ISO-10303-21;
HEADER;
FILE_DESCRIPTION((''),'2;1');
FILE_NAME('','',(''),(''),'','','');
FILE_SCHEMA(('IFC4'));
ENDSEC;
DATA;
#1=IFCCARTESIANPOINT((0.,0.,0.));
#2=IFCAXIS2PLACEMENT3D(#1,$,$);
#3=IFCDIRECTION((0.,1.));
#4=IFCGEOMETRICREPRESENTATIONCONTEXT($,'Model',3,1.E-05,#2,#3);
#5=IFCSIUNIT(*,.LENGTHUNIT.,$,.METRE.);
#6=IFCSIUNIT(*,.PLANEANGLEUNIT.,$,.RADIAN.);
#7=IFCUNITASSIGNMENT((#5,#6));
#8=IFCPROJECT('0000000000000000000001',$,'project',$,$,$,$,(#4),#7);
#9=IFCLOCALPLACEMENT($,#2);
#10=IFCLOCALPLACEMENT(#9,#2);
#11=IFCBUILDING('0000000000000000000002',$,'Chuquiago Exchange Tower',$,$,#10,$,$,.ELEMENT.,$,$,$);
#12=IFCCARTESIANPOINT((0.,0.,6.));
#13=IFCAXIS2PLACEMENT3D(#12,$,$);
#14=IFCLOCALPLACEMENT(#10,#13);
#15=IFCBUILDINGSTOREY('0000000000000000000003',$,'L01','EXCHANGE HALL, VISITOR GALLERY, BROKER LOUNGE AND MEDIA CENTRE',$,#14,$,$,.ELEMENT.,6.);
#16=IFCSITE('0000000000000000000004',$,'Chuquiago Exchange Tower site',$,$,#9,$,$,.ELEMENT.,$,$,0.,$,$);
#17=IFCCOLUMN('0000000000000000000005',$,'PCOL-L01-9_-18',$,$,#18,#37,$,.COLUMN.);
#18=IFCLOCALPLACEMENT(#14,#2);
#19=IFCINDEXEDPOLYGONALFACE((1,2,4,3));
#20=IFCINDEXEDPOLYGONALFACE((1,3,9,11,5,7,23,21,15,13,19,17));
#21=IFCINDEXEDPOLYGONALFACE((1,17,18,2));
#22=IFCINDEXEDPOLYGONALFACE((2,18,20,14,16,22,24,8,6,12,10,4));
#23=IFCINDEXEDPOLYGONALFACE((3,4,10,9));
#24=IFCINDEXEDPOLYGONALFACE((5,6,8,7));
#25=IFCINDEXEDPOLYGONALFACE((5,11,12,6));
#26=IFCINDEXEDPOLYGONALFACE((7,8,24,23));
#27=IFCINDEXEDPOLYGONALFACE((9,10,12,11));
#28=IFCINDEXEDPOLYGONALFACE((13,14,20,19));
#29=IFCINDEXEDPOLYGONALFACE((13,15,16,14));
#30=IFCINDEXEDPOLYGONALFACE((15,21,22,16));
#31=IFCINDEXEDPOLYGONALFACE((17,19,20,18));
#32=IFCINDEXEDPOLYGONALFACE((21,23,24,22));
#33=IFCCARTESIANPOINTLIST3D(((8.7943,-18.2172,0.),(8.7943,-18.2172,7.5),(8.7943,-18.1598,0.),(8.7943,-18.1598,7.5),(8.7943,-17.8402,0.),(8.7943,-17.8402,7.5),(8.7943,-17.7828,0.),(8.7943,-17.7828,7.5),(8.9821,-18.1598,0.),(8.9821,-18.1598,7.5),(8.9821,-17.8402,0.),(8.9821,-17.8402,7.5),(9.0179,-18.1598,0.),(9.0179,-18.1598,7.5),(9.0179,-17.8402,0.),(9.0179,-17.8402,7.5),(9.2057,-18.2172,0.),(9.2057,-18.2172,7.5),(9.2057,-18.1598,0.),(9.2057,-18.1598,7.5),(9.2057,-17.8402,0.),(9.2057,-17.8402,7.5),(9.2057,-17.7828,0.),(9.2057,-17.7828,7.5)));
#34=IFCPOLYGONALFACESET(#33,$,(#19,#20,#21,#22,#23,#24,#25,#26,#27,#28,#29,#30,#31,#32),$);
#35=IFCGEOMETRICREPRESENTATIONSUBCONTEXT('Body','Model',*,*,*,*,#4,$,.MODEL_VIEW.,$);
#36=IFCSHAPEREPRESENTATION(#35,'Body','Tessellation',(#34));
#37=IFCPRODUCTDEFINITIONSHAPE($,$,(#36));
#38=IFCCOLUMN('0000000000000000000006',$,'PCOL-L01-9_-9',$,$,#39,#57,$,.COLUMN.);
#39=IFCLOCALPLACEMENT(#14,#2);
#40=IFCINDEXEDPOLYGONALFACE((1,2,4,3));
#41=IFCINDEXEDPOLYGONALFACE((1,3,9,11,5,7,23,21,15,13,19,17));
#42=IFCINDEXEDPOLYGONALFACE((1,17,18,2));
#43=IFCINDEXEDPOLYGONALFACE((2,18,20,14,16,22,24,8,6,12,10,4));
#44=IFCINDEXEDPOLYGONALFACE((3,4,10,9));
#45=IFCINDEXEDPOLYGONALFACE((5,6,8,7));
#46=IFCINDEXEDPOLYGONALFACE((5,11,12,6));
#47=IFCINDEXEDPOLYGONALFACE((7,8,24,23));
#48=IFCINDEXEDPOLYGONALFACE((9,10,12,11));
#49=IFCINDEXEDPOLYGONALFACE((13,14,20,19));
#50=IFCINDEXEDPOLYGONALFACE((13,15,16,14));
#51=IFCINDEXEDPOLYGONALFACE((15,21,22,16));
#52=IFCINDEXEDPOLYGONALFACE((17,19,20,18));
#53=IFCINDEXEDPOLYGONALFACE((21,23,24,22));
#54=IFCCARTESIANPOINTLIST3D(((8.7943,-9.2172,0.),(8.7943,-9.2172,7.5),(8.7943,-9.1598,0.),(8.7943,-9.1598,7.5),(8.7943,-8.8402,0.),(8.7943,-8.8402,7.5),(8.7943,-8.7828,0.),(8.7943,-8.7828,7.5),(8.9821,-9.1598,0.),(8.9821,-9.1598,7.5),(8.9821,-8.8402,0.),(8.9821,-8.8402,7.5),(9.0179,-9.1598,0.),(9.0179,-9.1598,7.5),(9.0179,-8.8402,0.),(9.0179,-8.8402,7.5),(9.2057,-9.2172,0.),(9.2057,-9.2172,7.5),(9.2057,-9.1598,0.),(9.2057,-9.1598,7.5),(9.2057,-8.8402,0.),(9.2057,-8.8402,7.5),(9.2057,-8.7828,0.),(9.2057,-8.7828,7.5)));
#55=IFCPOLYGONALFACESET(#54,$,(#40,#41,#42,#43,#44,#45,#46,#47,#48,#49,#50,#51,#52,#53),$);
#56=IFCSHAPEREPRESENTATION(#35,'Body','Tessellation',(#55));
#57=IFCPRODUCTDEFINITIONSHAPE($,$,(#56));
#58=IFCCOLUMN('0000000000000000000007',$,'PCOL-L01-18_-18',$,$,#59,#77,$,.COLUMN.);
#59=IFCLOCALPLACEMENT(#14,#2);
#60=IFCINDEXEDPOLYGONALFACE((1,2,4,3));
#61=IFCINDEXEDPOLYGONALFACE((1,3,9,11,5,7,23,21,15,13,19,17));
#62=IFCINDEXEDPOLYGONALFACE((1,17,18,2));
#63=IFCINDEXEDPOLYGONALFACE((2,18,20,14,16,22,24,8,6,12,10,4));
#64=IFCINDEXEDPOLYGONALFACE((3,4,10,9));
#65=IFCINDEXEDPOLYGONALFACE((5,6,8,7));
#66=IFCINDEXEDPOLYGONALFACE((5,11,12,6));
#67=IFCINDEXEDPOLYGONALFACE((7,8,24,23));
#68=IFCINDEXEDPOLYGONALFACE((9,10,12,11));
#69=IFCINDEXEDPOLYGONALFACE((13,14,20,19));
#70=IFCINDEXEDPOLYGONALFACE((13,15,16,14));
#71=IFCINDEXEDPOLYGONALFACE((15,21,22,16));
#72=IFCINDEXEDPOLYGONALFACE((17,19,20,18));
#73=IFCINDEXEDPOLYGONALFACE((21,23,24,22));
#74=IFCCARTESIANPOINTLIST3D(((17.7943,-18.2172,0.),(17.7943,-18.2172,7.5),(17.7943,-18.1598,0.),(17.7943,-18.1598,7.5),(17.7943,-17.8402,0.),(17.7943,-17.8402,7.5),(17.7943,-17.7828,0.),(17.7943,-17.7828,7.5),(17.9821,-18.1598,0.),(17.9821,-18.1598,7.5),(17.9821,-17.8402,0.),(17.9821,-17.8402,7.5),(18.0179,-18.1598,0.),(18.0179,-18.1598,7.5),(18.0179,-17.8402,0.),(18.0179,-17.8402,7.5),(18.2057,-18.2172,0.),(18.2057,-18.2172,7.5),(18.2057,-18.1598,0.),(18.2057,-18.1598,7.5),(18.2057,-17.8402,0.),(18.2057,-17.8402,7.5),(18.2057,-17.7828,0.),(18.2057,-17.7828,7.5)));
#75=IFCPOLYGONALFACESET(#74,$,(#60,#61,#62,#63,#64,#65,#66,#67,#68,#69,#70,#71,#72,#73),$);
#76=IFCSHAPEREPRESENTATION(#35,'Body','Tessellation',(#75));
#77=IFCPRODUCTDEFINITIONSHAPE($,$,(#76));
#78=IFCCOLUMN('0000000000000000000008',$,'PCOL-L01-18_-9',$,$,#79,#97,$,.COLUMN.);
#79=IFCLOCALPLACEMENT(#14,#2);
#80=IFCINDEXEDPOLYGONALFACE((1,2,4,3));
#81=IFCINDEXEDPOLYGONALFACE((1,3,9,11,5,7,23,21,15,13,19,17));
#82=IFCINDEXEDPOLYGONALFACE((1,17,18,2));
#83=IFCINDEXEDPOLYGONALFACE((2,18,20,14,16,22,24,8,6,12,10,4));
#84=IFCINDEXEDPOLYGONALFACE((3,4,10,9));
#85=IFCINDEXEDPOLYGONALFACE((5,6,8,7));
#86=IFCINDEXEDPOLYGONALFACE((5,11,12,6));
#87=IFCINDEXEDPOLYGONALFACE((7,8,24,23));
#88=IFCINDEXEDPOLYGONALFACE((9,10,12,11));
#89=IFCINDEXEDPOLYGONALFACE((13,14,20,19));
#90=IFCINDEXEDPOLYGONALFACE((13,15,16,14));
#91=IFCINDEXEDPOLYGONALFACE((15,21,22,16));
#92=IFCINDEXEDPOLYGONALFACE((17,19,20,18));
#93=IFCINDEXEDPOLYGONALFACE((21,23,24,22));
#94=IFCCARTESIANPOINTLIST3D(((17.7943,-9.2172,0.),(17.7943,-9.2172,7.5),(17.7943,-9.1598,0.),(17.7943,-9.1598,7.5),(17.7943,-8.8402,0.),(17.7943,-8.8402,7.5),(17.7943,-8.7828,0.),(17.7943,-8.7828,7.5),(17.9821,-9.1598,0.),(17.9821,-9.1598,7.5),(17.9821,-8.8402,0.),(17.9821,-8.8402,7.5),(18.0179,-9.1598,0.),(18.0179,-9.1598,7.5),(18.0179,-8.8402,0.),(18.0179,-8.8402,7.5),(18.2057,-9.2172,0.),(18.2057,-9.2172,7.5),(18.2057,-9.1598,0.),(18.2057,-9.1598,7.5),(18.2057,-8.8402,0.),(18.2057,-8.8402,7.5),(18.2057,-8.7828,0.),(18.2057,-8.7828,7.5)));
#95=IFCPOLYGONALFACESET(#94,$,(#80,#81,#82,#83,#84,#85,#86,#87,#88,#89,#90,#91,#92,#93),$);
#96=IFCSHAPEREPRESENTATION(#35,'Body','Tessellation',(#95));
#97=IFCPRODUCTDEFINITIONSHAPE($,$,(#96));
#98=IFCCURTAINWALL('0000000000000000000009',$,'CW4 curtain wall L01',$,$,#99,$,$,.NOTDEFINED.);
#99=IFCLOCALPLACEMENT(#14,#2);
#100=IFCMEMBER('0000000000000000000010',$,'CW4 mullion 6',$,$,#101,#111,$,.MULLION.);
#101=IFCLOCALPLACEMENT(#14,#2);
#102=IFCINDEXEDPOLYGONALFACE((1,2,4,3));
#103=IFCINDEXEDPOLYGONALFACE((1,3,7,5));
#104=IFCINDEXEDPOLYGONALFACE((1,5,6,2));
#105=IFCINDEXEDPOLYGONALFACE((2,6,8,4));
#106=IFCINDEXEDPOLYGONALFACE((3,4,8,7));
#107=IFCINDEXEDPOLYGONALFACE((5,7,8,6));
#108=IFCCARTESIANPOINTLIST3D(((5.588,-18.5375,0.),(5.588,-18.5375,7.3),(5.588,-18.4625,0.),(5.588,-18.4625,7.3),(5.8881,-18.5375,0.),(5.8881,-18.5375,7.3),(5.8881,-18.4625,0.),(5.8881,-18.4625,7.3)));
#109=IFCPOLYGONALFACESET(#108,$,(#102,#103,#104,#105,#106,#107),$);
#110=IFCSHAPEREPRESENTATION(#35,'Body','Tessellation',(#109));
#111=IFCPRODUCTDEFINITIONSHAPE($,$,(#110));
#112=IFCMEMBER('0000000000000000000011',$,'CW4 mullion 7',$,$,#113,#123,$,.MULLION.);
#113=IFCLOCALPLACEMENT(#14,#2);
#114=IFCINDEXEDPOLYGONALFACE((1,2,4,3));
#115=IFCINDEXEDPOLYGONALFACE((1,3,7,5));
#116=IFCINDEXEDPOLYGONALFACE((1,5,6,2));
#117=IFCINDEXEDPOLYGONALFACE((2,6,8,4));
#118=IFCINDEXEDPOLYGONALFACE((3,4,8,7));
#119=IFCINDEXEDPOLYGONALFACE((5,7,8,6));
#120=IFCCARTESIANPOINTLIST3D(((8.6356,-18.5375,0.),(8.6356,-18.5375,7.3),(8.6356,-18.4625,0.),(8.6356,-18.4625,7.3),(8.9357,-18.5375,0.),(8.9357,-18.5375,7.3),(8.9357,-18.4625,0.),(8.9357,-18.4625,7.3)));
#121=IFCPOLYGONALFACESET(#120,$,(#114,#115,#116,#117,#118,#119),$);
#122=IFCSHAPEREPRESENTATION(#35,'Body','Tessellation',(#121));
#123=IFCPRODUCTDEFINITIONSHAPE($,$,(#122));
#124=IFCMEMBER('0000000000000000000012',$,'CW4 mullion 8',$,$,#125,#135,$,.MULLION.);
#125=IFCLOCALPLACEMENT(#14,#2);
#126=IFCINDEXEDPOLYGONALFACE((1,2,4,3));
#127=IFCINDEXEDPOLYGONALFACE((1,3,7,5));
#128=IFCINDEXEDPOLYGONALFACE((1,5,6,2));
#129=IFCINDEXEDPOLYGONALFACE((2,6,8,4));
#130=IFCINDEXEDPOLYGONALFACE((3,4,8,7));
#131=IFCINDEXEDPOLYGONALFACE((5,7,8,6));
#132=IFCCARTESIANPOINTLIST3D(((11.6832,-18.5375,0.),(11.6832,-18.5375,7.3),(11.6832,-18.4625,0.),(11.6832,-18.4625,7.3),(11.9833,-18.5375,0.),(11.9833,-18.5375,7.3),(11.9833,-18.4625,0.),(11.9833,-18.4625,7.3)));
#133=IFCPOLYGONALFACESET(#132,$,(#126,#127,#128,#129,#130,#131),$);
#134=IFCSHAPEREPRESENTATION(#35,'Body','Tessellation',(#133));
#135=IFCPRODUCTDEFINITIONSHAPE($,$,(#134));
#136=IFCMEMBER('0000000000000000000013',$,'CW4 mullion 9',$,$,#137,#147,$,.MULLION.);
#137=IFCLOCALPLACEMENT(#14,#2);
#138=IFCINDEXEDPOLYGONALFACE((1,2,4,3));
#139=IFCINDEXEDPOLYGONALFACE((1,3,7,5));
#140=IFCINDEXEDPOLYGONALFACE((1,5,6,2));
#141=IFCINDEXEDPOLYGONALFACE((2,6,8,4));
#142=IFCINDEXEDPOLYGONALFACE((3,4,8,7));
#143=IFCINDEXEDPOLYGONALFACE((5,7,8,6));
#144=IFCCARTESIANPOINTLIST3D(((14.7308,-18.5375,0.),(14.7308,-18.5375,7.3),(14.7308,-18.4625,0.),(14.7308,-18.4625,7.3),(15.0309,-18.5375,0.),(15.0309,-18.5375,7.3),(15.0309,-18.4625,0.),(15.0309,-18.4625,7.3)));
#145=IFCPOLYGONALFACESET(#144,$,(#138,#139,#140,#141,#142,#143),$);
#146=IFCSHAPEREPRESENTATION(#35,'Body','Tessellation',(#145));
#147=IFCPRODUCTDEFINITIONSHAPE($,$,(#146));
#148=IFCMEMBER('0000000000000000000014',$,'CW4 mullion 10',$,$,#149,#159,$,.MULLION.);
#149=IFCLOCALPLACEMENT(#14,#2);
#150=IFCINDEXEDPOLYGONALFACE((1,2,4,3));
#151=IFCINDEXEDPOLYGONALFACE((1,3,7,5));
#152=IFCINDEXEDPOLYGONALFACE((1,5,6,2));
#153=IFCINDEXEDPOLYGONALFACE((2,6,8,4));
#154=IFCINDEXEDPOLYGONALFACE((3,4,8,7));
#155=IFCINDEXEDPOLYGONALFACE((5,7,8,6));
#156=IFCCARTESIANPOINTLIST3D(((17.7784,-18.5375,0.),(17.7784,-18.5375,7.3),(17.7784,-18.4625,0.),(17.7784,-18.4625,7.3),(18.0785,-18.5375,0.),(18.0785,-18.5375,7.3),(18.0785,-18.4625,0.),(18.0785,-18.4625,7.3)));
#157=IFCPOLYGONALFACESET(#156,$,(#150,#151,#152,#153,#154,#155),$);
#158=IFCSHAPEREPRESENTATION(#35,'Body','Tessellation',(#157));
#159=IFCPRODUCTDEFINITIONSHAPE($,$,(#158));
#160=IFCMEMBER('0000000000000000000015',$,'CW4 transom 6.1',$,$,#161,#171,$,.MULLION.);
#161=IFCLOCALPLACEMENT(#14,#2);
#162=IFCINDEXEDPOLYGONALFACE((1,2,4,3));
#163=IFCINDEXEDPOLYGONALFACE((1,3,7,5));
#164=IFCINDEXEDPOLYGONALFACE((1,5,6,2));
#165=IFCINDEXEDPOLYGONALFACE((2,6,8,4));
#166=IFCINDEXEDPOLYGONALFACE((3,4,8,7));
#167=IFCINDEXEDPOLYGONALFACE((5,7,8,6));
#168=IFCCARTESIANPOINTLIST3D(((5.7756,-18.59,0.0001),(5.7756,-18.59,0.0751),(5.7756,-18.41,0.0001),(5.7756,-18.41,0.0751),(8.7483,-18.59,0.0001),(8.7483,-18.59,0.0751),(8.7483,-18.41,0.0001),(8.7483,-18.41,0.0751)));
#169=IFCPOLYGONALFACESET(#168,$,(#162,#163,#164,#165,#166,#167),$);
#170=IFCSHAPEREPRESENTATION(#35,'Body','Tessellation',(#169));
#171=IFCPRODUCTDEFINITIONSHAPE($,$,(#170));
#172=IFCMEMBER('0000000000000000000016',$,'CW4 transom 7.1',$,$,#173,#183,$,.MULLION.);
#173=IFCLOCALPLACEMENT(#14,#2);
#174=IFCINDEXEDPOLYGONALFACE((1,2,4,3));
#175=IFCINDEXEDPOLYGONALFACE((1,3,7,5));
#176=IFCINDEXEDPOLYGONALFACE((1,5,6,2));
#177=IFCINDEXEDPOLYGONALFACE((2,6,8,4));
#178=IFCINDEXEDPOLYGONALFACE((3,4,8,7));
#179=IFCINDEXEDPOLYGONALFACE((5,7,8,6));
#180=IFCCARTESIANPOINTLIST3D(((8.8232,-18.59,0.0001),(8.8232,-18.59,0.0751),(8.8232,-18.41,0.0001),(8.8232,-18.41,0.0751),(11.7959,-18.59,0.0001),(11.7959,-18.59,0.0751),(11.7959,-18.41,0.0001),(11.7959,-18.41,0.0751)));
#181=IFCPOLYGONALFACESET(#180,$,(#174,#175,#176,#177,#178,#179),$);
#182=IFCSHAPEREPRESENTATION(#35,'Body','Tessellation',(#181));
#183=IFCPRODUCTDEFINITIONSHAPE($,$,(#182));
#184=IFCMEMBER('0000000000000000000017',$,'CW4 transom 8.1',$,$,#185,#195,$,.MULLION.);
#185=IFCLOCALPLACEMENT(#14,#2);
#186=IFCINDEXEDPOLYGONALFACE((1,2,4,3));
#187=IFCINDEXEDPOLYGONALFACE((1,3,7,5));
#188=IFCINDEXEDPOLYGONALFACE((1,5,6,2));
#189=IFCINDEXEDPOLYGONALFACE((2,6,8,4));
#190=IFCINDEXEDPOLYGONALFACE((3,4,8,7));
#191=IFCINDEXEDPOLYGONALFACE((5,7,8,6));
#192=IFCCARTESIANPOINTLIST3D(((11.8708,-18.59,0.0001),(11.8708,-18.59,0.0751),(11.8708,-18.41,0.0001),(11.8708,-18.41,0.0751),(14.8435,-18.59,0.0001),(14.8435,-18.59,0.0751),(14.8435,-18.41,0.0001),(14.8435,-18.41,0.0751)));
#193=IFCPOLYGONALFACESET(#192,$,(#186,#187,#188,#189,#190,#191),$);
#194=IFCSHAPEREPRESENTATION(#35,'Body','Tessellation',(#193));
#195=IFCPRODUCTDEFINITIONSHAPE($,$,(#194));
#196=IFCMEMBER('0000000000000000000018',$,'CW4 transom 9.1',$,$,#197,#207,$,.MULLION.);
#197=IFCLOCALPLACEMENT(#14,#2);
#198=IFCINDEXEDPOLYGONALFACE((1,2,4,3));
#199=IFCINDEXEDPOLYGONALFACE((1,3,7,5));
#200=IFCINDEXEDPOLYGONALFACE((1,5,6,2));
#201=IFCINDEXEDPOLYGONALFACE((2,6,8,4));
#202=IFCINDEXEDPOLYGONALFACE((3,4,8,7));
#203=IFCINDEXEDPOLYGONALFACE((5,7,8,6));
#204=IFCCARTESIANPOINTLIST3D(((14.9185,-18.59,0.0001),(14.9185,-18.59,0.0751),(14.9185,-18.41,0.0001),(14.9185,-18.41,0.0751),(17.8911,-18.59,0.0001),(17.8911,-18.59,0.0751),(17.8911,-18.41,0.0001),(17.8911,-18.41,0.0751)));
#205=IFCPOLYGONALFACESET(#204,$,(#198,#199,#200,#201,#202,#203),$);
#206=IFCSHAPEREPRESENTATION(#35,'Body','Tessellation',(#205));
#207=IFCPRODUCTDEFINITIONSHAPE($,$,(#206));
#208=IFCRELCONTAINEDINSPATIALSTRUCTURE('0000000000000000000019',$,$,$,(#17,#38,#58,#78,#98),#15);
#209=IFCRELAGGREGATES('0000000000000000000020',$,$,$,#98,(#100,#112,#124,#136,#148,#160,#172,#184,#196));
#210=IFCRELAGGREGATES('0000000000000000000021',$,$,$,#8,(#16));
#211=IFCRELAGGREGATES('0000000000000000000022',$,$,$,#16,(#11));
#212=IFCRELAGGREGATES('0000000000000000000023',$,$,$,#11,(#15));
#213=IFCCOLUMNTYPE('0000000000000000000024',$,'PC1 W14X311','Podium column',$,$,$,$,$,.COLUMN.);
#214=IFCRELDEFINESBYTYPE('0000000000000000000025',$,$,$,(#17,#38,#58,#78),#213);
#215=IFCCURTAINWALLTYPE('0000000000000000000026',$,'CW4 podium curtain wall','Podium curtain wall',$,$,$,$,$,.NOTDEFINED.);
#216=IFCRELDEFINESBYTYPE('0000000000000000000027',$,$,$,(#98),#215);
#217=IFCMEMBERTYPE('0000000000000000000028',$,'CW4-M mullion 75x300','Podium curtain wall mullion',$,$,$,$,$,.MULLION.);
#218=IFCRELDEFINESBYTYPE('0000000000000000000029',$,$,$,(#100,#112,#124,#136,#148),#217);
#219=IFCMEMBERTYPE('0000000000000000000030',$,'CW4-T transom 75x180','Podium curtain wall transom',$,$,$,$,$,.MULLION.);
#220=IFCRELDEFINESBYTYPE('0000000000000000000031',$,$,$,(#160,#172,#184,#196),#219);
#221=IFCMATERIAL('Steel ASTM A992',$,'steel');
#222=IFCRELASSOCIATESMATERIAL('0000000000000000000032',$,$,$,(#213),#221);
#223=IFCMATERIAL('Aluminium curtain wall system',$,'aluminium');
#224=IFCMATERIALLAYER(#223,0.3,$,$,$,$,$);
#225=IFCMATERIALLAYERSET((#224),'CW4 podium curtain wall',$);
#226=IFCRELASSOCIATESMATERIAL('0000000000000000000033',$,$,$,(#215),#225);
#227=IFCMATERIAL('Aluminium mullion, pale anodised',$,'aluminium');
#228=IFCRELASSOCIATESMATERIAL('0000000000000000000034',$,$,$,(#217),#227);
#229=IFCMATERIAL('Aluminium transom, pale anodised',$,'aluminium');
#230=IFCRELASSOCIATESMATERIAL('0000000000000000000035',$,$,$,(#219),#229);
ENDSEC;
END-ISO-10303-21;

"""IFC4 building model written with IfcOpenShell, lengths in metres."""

from ifc_helpers import new_model, si_unit, direction, frame, origin, origin_2d, place, context, subcontext, project, spatial, rectangle, i_section, extrude, material, layer, layer_set, material_profile, profile_set, type_object, element, aggregate, save


model = new_model("IFC4")

# Units and contexts
model_context = context("Model", 3, precision=1e-05, world=origin(), true_north=direction((0.0, 1.0)))
body_context = subcontext(model_context, "Body", "Model", "MODEL_VIEW")
ifc_project = project(units=[si_unit("LENGTHUNIT", "METRE"), si_unit("PLANEANGLEUNIT", "RADIAN")], contexts=[model_context])

# Site, building, storey
site_placement = place(None, origin())
site = spatial("IfcSite", under=ifc_project, at=site_placement, Name="Chuquiago Exchange Tower site", CompositionType="ELEMENT", RefElevation=0.0)
building_placement = place(site_placement, origin())
building = spatial("IfcBuilding", under=site, at=building_placement, Name="Chuquiago Exchange Tower", CompositionType="ELEMENT")
storey_placement = place(building_placement, frame((0.0, 0.0, 6.0)))
storey = spatial("IfcBuildingStorey", under=building, at=storey_placement, Name="L01", Description="EXCHANGE HALL, VISITOR GALLERY, BROKER LOUNGE AND MEDIA CENTRE", CompositionType="ELEMENT", Elevation=6.0)

# Columns
ifc_material_1 = material(Name="Steel ASTM A992", Category="steel")
ifc_material_profile_1 = material_profile(ifc_material_1, i_section(OverallWidth=0.4114, OverallDepth=0.4343, WebThickness=0.0359, FlangeThickness=0.0574, at=origin_2d()), Name="W14X311")
ifc_profile_set_1 = profile_set([ifc_material_profile_1], Name="Steel ASTM A992")
column_type = type_object("IfcColumnType", Name="PC1 W14X311", Description="Podium column", PredefinedType="COLUMN", material=ifc_profile_set_1)
for number, where, z_axis, x_axis, name in (
    (1, (9.0, -18.0, 0.0), (0.0, 0.0, 1.0), (1.0, 0.0, 0.0), "PCOL-L01-9_-18"),
    (2, (9.0, -9.0, 0.0), (0.0, 0.0, 1.0), (1.0, 0.0, 0.0), "PCOL-L01-9_-9"),
    (3, (18.0, -18.0, 0.0), (0.0, 0.0, 1.0), (1.0, 0.0, 0.0), "PCOL-L01-18_-18"),
    (4, (18.0, -9.0, 0.0), (0.0, 0.0, 1.0), (1.0, 0.0, 0.0), "PCOL-L01-18_-9"),
):
    element("IfcColumn", number, at=place(storey_placement, frame(where, z_axis=z_axis, x_axis=x_axis)), inside=storey, type_object=column_type, Name=name, PredefinedType="COLUMN", context=body_context, shape_type="SweptSolid", body=[
        extrude(i_section(OverallWidth=0.4114, OverallDepth=0.4343, WebThickness=0.0359, FlangeThickness=0.0574, at=origin_2d()), origin(), (0.0, 0.0, 1.0), 7.5),
    ])

# Curtain wall, members
ifc_material_2 = material(Name="Aluminium curtain wall system", Category="aluminium")
ifc_layer_1 = layer(ifc_material_2, 0.3)
ifc_layer_set_1 = layer_set([ifc_layer_1], Name="CW4 podium curtain wall")
curtain_wall_type = type_object("IfcCurtainWallType", Name="CW4 podium curtain wall", Description="Podium curtain wall", PredefinedType="NOTDEFINED", material=ifc_layer_set_1)
curtain_wall_placement = place(storey_placement, origin())
curtain_wall = element("IfcCurtainWall", 5, at=curtain_wall_placement, inside=storey, type_object=curtain_wall_type, Name="CW4 curtain wall L01", PredefinedType="NOTDEFINED")
ifc_material_3 = material(Name="Aluminium mullion, pale anodised", Category="aluminium")
ifc_material_profile_2 = material_profile(ifc_material_3, rectangle(XDim=0.075, YDim=0.3, at=origin_2d()), Name="AL 75x300")
ifc_profile_set_2 = profile_set([ifc_material_profile_2], Name="Aluminium mullion, pale anodised")
member_type_1 = type_object("IfcMemberType", Name="CW4-M mullion 75x300", Description="Podium curtain wall mullion", PredefinedType="MULLION", material=ifc_profile_set_2)
member_1_placement = place(storey_placement, frame((5.738, -18.5, 0.0), z_axis=(0.0, 0.0, 1.0), x_axis=(0.0, 1.0, 0.0)))
member_1 = element("IfcMember", 6, at=member_1_placement, type_object=member_type_1, Name="CW4 mullion 6", PredefinedType="MULLION", context=body_context, shape_type="SweptSolid", body=[
    extrude(rectangle(XDim=0.075, YDim=0.3, at=origin_2d()), origin(), (0.0, 0.0, 1.0), 7.3),
])
member_2_placement = place(storey_placement, frame((8.7856, -18.5, 0.0), z_axis=(0.0, 0.0, 1.0), x_axis=(0.0, 1.0, 0.0)))
member_2 = element("IfcMember", 7, at=member_2_placement, type_object=member_type_1, Name="CW4 mullion 7", PredefinedType="MULLION", context=body_context, shape_type="SweptSolid", body=[
    extrude(rectangle(XDim=0.075, YDim=0.3, at=origin_2d()), origin(), (0.0, 0.0, 1.0), 7.3),
])
member_3_placement = place(storey_placement, frame((11.8333, -18.5, 0.0), z_axis=(0.0, 0.0, 1.0), x_axis=(0.0, 1.0, 0.0)))
member_3 = element("IfcMember", 8, at=member_3_placement, type_object=member_type_1, Name="CW4 mullion 8", PredefinedType="MULLION", context=body_context, shape_type="SweptSolid", body=[
    extrude(rectangle(XDim=0.075, YDim=0.3, at=origin_2d()), origin(), (0.0, 0.0, 1.0), 7.3),
])
member_4_placement = place(storey_placement, frame((14.8809, -18.5, 0.0), z_axis=(0.0, 0.0, 1.0), x_axis=(0.0, 1.0, 0.0)))
member_4 = element("IfcMember", 9, at=member_4_placement, type_object=member_type_1, Name="CW4 mullion 9", PredefinedType="MULLION", context=body_context, shape_type="SweptSolid", body=[
    extrude(rectangle(XDim=0.075, YDim=0.3, at=origin_2d()), origin(), (0.0, 0.0, 1.0), 7.3),
])
member_5_placement = place(storey_placement, frame((17.9285, -18.5, 0.0), z_axis=(0.0, 0.0, 1.0), x_axis=(0.0, 1.0, 0.0)))
member_5 = element("IfcMember", 10, at=member_5_placement, type_object=member_type_1, Name="CW4 mullion 10", PredefinedType="MULLION", context=body_context, shape_type="SweptSolid", body=[
    extrude(rectangle(XDim=0.075, YDim=0.3, at=origin_2d()), origin(), (0.0, 0.0, 1.0), 7.3),
])
ifc_material_4 = material(Name="Aluminium transom, pale anodised", Category="aluminium")
ifc_material_profile_3 = material_profile(ifc_material_4, rectangle(XDim=0.1799, YDim=0.075, at=origin_2d()), Name="AL 180x75")
ifc_profile_set_3 = profile_set([ifc_material_profile_3], Name="Aluminium transom, pale anodised")
member_type_2 = type_object("IfcMemberType", Name="CW4-T transom 75x180", Description="Podium curtain wall transom", PredefinedType="MULLION", material=ifc_profile_set_3)
member_6_placement = place(storey_placement, frame((5.7756, -18.5, 0.0376), z_axis=(1.0, 0.0, 0.0), x_axis=(0.0, 1.0, 0.0)))
member_6 = element("IfcMember", 11, at=member_6_placement, type_object=member_type_2, Name="CW4 transom 6.1", PredefinedType="MULLION", context=body_context, shape_type="SweptSolid", body=[
    extrude(rectangle(XDim=0.1799, YDim=0.075, at=origin_2d()), origin(), (0.0, 0.0, 1.0), 2.9727),
])
member_7_placement = place(storey_placement, frame((8.8232, -18.5, 0.0376), z_axis=(1.0, 0.0, 0.0), x_axis=(0.0, 1.0, 0.0)))
member_7 = element("IfcMember", 12, at=member_7_placement, type_object=member_type_2, Name="CW4 transom 7.1", PredefinedType="MULLION", context=body_context, shape_type="SweptSolid", body=[
    extrude(rectangle(XDim=0.1799, YDim=0.075, at=origin_2d()), origin(), (0.0, 0.0, 1.0), 2.9727),
])
member_8_placement = place(storey_placement, frame((11.8708, -18.5, 0.0376), z_axis=(1.0, 0.0, 0.0), x_axis=(0.0, 1.0, 0.0)))
member_8 = element("IfcMember", 13, at=member_8_placement, type_object=member_type_2, Name="CW4 transom 8.1", PredefinedType="MULLION", context=body_context, shape_type="SweptSolid", body=[
    extrude(rectangle(XDim=0.1799, YDim=0.075, at=origin_2d()), origin(), (0.0, 0.0, 1.0), 2.9727),
])
member_9_placement = place(storey_placement, frame((14.9185, -18.5, 0.0376), z_axis=(1.0, 0.0, 0.0), x_axis=(0.0, 1.0, 0.0)))
member_9 = element("IfcMember", 14, at=member_9_placement, type_object=member_type_2, Name="CW4 transom 9.1", PredefinedType="MULLION", context=body_context, shape_type="SweptSolid", body=[
    extrude(rectangle(XDim=0.1799, YDim=0.075, at=origin_2d()), origin(), (0.0, 0.0, 1.0), 2.9727),
])

aggregate(curtain_wall, [member_1, member_2, member_3, member_4, member_5, member_6, member_7, member_8, member_9])

save(model, "model.ifc")
